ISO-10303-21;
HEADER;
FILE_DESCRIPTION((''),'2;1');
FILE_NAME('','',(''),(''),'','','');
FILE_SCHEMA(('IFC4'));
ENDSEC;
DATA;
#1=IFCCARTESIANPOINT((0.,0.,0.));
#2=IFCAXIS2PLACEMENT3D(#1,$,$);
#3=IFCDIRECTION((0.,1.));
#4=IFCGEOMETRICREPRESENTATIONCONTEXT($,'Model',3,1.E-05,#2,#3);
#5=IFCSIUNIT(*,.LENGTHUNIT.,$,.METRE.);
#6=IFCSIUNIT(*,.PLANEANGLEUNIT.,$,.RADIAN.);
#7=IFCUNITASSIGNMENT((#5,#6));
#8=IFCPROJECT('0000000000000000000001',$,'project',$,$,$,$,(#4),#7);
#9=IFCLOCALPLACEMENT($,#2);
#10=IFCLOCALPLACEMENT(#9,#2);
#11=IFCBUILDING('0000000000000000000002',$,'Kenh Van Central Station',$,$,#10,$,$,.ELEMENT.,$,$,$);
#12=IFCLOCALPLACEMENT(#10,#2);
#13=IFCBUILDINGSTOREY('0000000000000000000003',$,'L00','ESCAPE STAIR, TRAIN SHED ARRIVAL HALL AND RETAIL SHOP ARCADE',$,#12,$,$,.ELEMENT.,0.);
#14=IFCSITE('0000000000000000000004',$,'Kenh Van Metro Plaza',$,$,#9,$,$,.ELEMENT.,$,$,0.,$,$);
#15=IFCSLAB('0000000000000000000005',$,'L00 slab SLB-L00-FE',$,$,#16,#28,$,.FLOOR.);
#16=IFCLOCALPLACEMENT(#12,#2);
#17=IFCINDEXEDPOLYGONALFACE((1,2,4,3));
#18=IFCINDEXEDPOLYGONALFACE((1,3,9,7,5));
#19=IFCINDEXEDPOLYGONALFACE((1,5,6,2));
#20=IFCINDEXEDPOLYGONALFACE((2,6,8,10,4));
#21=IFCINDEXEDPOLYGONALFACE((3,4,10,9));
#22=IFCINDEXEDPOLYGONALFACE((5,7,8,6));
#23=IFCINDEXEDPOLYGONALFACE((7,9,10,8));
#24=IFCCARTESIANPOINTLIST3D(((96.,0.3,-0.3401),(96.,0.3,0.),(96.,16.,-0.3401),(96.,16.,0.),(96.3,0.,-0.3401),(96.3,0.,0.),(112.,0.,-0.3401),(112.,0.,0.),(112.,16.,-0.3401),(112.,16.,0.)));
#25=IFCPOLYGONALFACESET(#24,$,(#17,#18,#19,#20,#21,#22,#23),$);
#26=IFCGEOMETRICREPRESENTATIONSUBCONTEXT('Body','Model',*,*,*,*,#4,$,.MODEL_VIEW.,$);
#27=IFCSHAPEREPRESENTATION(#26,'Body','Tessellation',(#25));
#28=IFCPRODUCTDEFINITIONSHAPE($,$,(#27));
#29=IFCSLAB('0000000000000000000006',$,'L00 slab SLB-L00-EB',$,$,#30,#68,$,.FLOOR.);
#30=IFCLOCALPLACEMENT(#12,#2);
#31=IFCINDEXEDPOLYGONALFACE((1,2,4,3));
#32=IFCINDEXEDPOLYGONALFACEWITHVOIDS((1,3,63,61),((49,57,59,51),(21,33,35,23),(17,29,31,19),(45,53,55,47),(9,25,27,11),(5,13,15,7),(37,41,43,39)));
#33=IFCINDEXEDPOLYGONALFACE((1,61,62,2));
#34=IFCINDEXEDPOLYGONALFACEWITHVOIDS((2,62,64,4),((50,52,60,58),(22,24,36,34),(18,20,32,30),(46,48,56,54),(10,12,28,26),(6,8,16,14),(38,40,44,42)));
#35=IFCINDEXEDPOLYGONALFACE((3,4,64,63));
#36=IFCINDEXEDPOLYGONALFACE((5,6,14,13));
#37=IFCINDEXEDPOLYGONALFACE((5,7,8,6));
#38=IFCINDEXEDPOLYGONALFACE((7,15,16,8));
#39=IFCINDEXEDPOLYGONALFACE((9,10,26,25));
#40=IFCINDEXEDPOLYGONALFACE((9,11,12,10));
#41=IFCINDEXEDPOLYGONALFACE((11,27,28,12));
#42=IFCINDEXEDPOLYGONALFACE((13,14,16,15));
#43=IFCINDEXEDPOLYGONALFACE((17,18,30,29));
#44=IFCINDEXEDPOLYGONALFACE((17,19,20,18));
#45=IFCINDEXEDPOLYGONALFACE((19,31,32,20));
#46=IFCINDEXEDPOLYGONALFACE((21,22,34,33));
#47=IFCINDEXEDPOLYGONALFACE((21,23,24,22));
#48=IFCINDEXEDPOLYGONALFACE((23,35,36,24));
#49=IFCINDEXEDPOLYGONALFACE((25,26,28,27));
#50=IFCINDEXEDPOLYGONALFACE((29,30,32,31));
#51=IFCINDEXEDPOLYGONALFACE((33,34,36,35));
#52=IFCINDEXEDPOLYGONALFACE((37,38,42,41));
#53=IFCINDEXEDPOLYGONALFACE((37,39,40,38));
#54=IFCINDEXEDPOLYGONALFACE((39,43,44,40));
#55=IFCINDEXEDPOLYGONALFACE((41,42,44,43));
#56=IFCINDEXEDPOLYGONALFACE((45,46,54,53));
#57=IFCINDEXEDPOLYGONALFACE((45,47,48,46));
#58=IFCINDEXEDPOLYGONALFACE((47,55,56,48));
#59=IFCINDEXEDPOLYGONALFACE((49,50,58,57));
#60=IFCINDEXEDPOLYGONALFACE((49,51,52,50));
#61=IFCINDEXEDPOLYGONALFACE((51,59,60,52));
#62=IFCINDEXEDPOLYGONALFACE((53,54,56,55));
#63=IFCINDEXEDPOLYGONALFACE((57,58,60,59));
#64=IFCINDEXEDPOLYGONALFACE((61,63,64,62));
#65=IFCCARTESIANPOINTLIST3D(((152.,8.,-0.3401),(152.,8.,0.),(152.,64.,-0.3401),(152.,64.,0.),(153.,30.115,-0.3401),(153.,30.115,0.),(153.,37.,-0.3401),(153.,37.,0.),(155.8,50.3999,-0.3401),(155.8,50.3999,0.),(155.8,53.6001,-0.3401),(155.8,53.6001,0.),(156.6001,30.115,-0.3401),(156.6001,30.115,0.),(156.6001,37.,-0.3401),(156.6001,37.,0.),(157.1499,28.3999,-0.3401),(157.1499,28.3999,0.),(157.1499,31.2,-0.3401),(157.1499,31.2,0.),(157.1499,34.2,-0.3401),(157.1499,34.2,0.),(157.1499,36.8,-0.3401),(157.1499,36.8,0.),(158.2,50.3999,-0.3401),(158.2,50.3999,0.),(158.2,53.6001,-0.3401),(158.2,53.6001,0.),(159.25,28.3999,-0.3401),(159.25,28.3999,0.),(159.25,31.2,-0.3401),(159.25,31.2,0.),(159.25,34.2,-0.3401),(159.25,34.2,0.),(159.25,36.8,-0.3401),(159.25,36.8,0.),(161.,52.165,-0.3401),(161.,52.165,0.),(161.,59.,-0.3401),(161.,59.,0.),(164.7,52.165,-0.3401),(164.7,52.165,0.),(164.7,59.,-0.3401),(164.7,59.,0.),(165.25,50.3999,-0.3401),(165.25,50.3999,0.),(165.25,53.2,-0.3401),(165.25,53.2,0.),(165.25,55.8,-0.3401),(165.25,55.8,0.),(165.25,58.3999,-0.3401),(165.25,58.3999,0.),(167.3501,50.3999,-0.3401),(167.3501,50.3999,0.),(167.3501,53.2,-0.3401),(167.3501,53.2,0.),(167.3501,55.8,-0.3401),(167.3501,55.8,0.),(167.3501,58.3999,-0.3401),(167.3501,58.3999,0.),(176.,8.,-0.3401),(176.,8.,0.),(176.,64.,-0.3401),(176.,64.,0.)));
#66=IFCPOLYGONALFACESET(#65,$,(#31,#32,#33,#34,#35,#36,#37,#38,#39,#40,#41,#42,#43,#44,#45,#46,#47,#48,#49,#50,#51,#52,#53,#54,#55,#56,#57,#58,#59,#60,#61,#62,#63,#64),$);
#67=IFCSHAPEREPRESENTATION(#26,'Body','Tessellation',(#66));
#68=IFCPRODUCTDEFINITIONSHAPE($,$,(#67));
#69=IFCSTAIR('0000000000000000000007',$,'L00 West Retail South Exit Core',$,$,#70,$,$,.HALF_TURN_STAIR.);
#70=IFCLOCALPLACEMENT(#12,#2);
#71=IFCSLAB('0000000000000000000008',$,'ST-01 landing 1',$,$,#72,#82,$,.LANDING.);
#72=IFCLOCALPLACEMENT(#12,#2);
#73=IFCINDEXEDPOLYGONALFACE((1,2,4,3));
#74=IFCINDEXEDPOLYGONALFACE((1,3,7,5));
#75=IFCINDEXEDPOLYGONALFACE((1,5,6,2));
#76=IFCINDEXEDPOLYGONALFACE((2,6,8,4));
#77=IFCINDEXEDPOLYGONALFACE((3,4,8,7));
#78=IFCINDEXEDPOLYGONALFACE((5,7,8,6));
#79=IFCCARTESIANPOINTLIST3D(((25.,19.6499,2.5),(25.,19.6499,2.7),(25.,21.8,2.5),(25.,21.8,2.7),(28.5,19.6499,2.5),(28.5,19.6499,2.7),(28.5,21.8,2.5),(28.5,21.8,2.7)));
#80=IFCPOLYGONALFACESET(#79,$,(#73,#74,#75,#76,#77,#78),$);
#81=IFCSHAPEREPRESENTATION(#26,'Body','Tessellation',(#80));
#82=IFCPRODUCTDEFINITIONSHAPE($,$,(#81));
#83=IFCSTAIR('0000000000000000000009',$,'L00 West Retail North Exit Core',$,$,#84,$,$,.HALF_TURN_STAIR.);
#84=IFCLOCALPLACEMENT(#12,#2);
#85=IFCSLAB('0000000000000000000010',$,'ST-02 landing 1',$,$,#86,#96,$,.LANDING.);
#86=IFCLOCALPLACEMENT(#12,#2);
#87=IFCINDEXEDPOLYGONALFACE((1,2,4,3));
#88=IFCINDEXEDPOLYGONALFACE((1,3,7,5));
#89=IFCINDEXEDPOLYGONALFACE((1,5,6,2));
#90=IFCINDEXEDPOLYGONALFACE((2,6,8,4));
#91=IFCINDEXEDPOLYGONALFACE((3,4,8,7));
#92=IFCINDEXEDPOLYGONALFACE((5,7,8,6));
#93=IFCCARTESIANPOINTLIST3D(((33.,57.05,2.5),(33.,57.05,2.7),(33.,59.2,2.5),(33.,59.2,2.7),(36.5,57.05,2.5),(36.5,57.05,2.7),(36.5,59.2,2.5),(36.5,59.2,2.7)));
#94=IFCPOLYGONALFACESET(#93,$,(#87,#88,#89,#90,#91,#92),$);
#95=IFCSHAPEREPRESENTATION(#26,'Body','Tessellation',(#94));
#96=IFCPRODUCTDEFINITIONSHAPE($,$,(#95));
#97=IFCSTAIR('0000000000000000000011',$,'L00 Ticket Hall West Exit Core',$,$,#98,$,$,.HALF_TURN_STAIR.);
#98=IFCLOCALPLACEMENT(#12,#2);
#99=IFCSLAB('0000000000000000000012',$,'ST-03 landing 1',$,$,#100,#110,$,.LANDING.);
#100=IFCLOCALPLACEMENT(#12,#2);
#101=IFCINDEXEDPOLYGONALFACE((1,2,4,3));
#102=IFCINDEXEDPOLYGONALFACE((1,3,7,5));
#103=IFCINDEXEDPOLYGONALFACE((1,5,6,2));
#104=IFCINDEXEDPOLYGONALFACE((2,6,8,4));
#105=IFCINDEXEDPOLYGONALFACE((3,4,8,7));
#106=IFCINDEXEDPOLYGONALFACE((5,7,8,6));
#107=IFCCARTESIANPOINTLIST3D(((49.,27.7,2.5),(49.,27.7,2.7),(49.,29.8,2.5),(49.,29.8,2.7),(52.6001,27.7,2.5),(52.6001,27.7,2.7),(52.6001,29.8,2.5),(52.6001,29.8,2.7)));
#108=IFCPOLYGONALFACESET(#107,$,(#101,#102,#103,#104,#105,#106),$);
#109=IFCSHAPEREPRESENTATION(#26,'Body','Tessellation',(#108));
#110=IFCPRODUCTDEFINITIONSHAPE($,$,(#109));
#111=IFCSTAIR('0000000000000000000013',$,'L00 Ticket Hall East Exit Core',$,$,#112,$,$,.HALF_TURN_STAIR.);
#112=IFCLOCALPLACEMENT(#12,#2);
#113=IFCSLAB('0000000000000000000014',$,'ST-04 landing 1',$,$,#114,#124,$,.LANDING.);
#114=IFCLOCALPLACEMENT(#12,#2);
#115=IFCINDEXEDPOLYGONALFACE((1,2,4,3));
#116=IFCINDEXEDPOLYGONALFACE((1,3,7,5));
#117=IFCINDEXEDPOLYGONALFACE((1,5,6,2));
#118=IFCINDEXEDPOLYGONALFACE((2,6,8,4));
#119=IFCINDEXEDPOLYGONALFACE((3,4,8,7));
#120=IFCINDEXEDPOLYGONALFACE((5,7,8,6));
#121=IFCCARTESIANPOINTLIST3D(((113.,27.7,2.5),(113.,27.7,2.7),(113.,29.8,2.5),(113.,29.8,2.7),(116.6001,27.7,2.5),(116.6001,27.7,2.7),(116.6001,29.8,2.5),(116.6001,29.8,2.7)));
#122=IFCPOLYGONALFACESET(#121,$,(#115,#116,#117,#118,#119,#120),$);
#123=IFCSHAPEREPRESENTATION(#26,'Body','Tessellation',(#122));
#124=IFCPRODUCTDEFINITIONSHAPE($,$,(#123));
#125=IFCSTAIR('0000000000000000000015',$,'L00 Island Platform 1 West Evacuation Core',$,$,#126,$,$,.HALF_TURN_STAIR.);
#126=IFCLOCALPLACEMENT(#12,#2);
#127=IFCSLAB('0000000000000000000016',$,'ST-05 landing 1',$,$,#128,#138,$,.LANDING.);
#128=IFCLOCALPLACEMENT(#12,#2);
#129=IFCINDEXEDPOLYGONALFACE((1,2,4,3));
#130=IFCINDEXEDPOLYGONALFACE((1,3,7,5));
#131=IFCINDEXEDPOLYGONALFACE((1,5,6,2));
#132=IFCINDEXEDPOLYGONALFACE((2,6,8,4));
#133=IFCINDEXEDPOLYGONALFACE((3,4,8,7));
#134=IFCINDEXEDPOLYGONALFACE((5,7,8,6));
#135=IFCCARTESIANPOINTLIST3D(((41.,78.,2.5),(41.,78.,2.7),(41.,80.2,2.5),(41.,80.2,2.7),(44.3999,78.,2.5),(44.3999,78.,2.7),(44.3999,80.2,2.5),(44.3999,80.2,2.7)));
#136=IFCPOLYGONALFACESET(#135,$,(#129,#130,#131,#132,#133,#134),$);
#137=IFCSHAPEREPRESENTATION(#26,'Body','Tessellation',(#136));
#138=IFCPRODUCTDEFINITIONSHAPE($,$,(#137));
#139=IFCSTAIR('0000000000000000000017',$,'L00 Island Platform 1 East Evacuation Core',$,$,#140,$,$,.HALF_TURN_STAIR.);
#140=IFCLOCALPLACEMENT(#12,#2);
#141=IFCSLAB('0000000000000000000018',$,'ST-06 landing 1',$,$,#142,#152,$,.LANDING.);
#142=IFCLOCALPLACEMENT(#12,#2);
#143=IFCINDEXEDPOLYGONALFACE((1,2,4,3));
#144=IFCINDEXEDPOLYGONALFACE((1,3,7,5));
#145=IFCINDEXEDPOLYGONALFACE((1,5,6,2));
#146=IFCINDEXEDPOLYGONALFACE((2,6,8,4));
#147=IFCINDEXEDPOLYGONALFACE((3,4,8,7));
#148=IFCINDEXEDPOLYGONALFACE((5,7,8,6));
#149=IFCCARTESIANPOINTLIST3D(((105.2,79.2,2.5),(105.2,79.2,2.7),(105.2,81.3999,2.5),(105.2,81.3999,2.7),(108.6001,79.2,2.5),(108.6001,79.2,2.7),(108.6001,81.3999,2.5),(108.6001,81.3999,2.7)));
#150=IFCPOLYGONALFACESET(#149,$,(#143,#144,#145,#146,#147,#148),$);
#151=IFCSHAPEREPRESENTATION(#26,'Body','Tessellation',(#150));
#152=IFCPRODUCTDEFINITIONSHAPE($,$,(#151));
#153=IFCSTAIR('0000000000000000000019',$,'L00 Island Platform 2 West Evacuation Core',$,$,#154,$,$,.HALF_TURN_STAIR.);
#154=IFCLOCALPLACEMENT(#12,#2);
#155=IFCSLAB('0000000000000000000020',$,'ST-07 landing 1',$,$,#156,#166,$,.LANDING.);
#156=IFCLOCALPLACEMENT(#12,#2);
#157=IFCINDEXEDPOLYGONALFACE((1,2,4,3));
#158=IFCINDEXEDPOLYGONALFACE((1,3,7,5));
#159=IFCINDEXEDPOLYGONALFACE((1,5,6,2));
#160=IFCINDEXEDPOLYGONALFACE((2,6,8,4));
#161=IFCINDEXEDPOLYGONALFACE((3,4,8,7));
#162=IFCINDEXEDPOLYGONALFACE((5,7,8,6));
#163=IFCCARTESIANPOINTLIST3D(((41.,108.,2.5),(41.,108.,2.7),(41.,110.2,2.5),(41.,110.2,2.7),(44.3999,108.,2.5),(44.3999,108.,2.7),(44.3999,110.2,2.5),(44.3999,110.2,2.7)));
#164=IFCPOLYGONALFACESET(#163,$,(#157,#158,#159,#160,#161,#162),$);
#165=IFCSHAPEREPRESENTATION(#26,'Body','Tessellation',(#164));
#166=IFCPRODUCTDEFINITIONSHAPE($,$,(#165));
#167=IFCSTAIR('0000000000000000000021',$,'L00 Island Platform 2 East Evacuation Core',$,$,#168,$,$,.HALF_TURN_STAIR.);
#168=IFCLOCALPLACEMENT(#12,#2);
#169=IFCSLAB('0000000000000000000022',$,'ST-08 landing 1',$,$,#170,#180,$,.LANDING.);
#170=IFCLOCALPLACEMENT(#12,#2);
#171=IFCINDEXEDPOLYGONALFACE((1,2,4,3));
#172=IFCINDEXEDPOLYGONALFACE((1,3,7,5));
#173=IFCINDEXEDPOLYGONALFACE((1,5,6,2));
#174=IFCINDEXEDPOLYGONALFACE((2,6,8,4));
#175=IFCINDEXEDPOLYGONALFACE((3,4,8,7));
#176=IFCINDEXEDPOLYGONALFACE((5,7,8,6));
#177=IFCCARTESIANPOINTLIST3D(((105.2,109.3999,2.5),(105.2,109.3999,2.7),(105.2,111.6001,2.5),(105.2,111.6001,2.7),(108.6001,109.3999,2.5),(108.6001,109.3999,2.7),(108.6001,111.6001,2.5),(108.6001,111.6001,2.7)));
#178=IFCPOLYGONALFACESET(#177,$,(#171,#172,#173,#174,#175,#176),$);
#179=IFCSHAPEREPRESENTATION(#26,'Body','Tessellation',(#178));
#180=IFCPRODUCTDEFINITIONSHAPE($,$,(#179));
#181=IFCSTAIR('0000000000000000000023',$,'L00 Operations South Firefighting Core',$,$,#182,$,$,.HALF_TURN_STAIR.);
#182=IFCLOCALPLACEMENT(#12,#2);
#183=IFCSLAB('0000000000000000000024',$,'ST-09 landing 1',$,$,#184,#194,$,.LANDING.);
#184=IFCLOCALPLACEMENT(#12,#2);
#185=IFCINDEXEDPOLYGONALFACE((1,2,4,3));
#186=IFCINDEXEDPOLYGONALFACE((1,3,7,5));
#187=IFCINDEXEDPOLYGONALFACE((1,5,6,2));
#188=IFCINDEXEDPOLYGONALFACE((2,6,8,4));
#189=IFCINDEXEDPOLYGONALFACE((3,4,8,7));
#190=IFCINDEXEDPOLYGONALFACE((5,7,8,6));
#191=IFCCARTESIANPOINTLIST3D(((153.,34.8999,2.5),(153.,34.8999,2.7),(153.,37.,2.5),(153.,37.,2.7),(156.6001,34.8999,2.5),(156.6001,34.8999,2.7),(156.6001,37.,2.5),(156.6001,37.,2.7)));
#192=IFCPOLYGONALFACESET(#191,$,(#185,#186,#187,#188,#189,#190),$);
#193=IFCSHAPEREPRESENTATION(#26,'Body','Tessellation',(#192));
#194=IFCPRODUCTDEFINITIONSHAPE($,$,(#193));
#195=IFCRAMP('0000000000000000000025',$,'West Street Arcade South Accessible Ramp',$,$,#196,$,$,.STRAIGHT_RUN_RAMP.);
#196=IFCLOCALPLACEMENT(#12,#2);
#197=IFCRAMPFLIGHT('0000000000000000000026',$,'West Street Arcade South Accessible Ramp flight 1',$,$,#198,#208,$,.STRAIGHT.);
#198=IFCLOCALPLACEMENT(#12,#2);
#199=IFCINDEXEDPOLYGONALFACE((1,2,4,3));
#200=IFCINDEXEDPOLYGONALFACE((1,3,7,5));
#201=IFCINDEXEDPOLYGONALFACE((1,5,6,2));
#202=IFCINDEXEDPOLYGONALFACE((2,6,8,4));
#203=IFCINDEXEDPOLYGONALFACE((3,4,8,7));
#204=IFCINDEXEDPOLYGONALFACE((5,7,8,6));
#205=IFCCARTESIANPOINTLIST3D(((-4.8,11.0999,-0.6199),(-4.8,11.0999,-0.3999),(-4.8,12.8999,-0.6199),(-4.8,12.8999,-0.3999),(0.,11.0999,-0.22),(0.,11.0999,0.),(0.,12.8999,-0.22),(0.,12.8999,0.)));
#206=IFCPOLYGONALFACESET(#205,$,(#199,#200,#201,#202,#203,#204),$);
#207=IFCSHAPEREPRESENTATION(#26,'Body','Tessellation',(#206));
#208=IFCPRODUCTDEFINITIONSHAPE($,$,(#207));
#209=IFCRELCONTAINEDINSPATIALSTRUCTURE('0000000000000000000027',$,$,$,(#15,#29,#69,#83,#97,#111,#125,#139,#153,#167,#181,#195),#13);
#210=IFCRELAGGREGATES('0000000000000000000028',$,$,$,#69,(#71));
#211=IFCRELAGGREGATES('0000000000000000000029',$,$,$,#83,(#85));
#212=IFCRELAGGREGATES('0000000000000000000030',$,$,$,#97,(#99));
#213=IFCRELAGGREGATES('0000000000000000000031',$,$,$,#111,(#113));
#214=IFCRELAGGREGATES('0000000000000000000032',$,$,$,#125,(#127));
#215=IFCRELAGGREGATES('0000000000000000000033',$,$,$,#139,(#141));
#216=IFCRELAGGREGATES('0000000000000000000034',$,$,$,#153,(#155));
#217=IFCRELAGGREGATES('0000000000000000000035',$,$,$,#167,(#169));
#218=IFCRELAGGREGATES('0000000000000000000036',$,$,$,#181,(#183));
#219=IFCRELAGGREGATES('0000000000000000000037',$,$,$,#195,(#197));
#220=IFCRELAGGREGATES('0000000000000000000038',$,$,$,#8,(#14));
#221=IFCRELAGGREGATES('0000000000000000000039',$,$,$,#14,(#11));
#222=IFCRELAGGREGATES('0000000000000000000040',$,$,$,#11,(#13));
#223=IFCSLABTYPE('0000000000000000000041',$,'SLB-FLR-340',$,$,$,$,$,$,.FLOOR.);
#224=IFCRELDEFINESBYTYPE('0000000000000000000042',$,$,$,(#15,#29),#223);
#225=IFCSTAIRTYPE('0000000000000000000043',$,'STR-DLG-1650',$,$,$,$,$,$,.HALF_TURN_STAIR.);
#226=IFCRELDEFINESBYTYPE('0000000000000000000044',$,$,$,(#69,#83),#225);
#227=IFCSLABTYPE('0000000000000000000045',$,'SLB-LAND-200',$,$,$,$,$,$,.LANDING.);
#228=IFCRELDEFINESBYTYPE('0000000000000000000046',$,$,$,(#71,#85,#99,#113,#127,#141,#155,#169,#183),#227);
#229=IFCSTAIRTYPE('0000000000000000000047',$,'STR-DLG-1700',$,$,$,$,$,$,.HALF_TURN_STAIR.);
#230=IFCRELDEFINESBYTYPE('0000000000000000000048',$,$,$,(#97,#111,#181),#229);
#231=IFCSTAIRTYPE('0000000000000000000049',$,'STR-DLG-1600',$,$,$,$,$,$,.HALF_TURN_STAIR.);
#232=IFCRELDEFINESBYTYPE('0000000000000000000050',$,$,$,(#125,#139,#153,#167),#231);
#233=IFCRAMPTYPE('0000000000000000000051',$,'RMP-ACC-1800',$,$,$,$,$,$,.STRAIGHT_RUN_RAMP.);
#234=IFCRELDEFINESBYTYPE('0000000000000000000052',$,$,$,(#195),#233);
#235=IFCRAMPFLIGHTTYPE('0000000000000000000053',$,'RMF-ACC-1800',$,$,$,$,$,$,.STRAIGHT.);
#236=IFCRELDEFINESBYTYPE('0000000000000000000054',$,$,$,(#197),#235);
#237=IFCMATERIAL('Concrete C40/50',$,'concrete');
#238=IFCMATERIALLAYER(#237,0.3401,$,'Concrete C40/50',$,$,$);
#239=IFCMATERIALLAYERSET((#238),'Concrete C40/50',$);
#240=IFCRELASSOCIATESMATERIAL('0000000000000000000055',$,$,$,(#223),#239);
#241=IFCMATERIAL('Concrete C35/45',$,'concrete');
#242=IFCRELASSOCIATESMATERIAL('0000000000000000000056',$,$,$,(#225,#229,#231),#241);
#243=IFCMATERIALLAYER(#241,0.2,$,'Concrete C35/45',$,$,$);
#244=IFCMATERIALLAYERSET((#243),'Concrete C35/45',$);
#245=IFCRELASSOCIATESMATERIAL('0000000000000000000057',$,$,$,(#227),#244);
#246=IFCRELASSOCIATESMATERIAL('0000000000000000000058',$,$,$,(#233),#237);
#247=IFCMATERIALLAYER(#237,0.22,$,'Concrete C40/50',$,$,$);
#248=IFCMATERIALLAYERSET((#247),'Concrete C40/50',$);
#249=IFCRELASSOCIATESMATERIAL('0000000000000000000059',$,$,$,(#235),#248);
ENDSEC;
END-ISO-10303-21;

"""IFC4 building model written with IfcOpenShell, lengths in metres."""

from ifc_helpers import new_model, si_unit, direction, frame, origin, place, context, subcontext, project, spatial, polyline, outline, extrude, material, layer, layer_set, type_object, element, aggregate, save


model = new_model("IFC4")

# Units and contexts
model_context = context("Model", 3, precision=1e-05, world=origin(), true_north=direction((0.0, 1.0)))
body_context = subcontext(model_context, "Body", "Model", "MODEL_VIEW")
ifc_project = project(units=[si_unit("LENGTHUNIT", "METRE"), si_unit("PLANEANGLEUNIT", "RADIAN")], contexts=[model_context])

# Site, building, storey
site_placement = place(None, origin())
site = spatial("IfcSite", under=ifc_project, at=site_placement, Name="Kenh Van Metro Plaza", CompositionType="ELEMENT", RefElevation=0.0)
building_placement = place(site_placement, origin())
building = spatial("IfcBuilding", under=site, at=building_placement, Name="Kenh Van Central Station", CompositionType="ELEMENT")
storey_placement = place(building_placement, origin())
storey = spatial("IfcBuildingStorey", under=building, at=storey_placement, Name="L00", Description="ESCAPE STAIR, TRAIN SHED ARRIVAL HALL AND RETAIL SHOP ARCADE", CompositionType="ELEMENT", Elevation=0.0)

# Slabs
ifc_material_1 = material(Name="Concrete C35/45", Category="concrete")
ifc_material_2 = material(Name="Concrete C40/50", Category="concrete")
ifc_layer_1 = layer(ifc_material_2, 0.3401, Name="Concrete C40/50")
ifc_layer_set_1 = layer_set([ifc_layer_1], Name="Concrete C40/50")
slab_type_1 = type_object("IfcSlabType", Name="SLB-FLR-340", PredefinedType="FLOOR", material=ifc_layer_set_1)
slab_1_placement = place(storey_placement, frame((0.0, 0.0, -0.3401)))
element("IfcSlab", 1, at=slab_1_placement, inside=storey, type_object=slab_type_1, Name="L00 slab SLB-L00-FE", PredefinedType="FLOOR", context=body_context, shape_type="SweptSolid", body=[
    extrude(outline(polyline([(96.3, 0.0), (112.0, 0.0), (112.0, 16.0), (96.0, 16.0), (96.0, 0.3), (96.3, 0.0)])), origin(), (0.0, 0.0, 1.0), 0.3401),
])
slab_2_placement = place(storey_placement, frame((0.0, 0.0, -0.3401)))
element("IfcSlab", 2, at=slab_2_placement, inside=storey, type_object=slab_type_1, Name="L00 slab SLB-L00-EB", PredefinedType="FLOOR", context=body_context, shape_type="SweptSolid", body=[
    extrude(outline(polyline([(152.0, 8.0), (176.0, 8.0), (176.0, 64.0), (152.0, 64.0), (152.0, 8.0)]), holes=[polyline([(167.3501, 50.3999), (165.25, 50.3999), (165.25, 53.2), (167.3501, 53.2), (167.3501, 50.3999)]), polyline([(167.3501, 55.8), (165.25, 55.8), (165.25, 58.3999), (167.3501, 58.3999), (167.3501, 55.8)]), polyline([(164.7, 52.165), (161.0, 52.165), (161.0, 59.0), (164.7, 59.0), (164.7, 52.165)]), polyline([(159.25, 28.3999), (157.1499, 28.3999), (157.1499, 31.2), (159.25, 31.2), (159.25, 28.3999)]), polyline([(159.25, 34.2), (157.1499, 34.2), (157.1499, 36.8), (159.25, 36.8), (159.25, 34.2)]), polyline([(158.2, 50.3999), (155.8, 50.3999), (155.8, 53.6001), (158.2, 53.6001), (158.2, 50.3999)]), polyline([(156.6001, 30.115), (153.0, 30.115), (153.0, 37.0), (156.6001, 37.0), (156.6001, 30.115)])]), origin(), (0.0, 0.0, 1.0), 0.3401),
])

# Stairs, slabs
stair_type_1 = type_object("IfcStairType", Name="STR-DLG-1650", PredefinedType="HALF_TURN_STAIR", material=ifc_material_1)
stair_1_placement = place(storey_placement, origin())
stair_1 = element("IfcStair", 3, at=stair_1_placement, inside=storey, type_object=stair_type_1, Name="L00 West Retail South Exit Core", PredefinedType="HALF_TURN_STAIR")
ifc_layer_2 = layer(ifc_material_1, 0.2, Name="Concrete C35/45")
ifc_layer_set_2 = layer_set([ifc_layer_2], Name="Concrete C35/45")
slab_type_2 = type_object("IfcSlabType", Name="SLB-LAND-200", PredefinedType="LANDING", material=ifc_layer_set_2)
slab_3_placement = place(storey_placement, frame((0.0, 0.0, 2.5)))
slab_3 = element("IfcSlab", 4, at=slab_3_placement, type_object=slab_type_2, Name="ST-01 landing 1", PredefinedType="LANDING", context=body_context, shape_type="SweptSolid", body=[
    extrude(outline(polyline([(28.5, 19.6499), (28.5, 21.8), (25.0, 21.8), (25.0, 19.6499), (28.5, 19.6499)])), origin(), (0.0, 0.0, 1.0), 0.2),
])
aggregate(stair_1, [slab_3])
stair_2_placement = place(storey_placement, origin())
stair_2 = element("IfcStair", 5, at=stair_2_placement, inside=storey, type_object=stair_type_1, Name="L00 West Retail North Exit Core", PredefinedType="HALF_TURN_STAIR")
slab_4_placement = place(storey_placement, frame((0.0, 0.0, 2.5)))
slab_4 = element("IfcSlab", 6, at=slab_4_placement, type_object=slab_type_2, Name="ST-02 landing 1", PredefinedType="LANDING", context=body_context, shape_type="SweptSolid", body=[
    extrude(outline(polyline([(36.5, 57.05), (36.5, 59.2), (33.0, 59.2), (33.0, 57.05), (36.5, 57.05)])), origin(), (0.0, 0.0, 1.0), 0.2),
])
aggregate(stair_2, [slab_4])
stair_type_2 = type_object("IfcStairType", Name="STR-DLG-1700", PredefinedType="HALF_TURN_STAIR", material=ifc_material_1)
stair_3_placement = place(storey_placement, origin())
stair_3 = element("IfcStair", 7, at=stair_3_placement, inside=storey, type_object=stair_type_2, Name="L00 Ticket Hall West Exit Core", PredefinedType="HALF_TURN_STAIR")
slab_5_placement = place(storey_placement, frame((0.0, 0.0, 2.5)))
slab_5 = element("IfcSlab", 8, at=slab_5_placement, type_object=slab_type_2, Name="ST-03 landing 1", PredefinedType="LANDING", context=body_context, shape_type="SweptSolid", body=[
    extrude(outline(polyline([(52.6001, 27.7), (52.6001, 29.8), (49.0, 29.8), (49.0, 27.7), (52.6001, 27.7)])), origin(), (0.0, 0.0, 1.0), 0.2),
])
aggregate(stair_3, [slab_5])
stair_4_placement = place(storey_placement, origin())
stair_4 = element("IfcStair", 9, at=stair_4_placement, inside=storey, type_object=stair_type_2, Name="L00 Ticket Hall East Exit Core", PredefinedType="HALF_TURN_STAIR")
slab_6_placement = place(storey_placement, frame((0.0, 0.0, 2.5)))
slab_6 = element("IfcSlab", 10, at=slab_6_placement, type_object=slab_type_2, Name="ST-04 landing 1", PredefinedType="LANDING", context=body_context, shape_type="SweptSolid", body=[
    extrude(outline(polyline([(116.6001, 27.7), (116.6001, 29.8), (113.0, 29.8), (113.0, 27.7), (116.6001, 27.7)])), origin(), (0.0, 0.0, 1.0), 0.2),
])
aggregate(stair_4, [slab_6])
stair_type_3 = type_object("IfcStairType", Name="STR-DLG-1600", PredefinedType="HALF_TURN_STAIR", material=ifc_material_1)
stair_5_placement = place(storey_placement, origin())
stair_5 = element("IfcStair", 11, at=stair_5_placement, inside=storey, type_object=stair_type_3, Name="L00 Island Platform 1 West Evacuation Core", PredefinedType="HALF_TURN_STAIR")
slab_7_placement = place(storey_placement, frame((0.0, 0.0, 2.5)))
slab_7 = element("IfcSlab", 12, at=slab_7_placement, type_object=slab_type_2, Name="ST-05 landing 1", PredefinedType="LANDING", context=body_context, shape_type="SweptSolid", body=[
    extrude(outline(polyline([(44.3999, 78.0), (44.3999, 80.2), (41.0, 80.2), (41.0, 78.0), (44.3999, 78.0)])), origin(), (0.0, 0.0, 1.0), 0.2),
])
aggregate(stair_5, [slab_7])
stair_6_placement = place(storey_placement, origin())
stair_6 = element("IfcStair", 13, at=stair_6_placement, inside=storey, type_object=stair_type_3, Name="L00 Island Platform 1 East Evacuation Core", PredefinedType="HALF_TURN_STAIR")
slab_8_placement = place(storey_placement, frame((0.0, 0.0, 2.5)))
slab_8 = element("IfcSlab", 14, at=slab_8_placement, type_object=slab_type_2, Name="ST-06 landing 1", PredefinedType="LANDING", context=body_context, shape_type="SweptSolid", body=[
    extrude(outline(polyline([(108.6001, 79.2), (108.6001, 81.3999), (105.2, 81.3999), (105.2, 79.2), (108.6001, 79.2)])), origin(), (0.0, 0.0, 1.0), 0.2),
])
aggregate(stair_6, [slab_8])
stair_7_placement = place(storey_placement, origin())
stair_7 = element("IfcStair", 15, at=stair_7_placement, inside=storey, type_object=stair_type_3, Name="L00 Island Platform 2 West Evacuation Core", PredefinedType="HALF_TURN_STAIR")
slab_9_placement = place(storey_placement, frame((0.0, 0.0, 2.5)))
slab_9 = element("IfcSlab", 16, at=slab_9_placement, type_object=slab_type_2, Name="ST-07 landing 1", PredefinedType="LANDING", context=body_context, shape_type="SweptSolid", body=[
    extrude(outline(polyline([(44.3999, 108.0), (44.3999, 110.2), (41.0, 110.2), (41.0, 108.0), (44.3999, 108.0)])), origin(), (0.0, 0.0, 1.0), 0.2),
])
aggregate(stair_7, [slab_9])
stair_8_placement = place(storey_placement, origin())
stair_8 = element("IfcStair", 17, at=stair_8_placement, inside=storey, type_object=stair_type_3, Name="L00 Island Platform 2 East Evacuation Core", PredefinedType="HALF_TURN_STAIR")
slab_10_placement = place(storey_placement, frame((0.0, 0.0, 2.5)))
slab_10 = element("IfcSlab", 18, at=slab_10_placement, type_object=slab_type_2, Name="ST-08 landing 1", PredefinedType="LANDING", context=body_context, shape_type="SweptSolid", body=[
    extrude(outline(polyline([(108.6001, 109.3999), (108.6001, 111.6001), (105.2, 111.6001), (105.2, 109.3999), (108.6001, 109.3999)])), origin(), (0.0, 0.0, 1.0), 0.2),
])
aggregate(stair_8, [slab_10])
stair_9_placement = place(storey_placement, origin())
stair_9 = element("IfcStair", 19, at=stair_9_placement, inside=storey, type_object=stair_type_2, Name="L00 Operations South Firefighting Core", PredefinedType="HALF_TURN_STAIR")
slab_11_placement = place(storey_placement, frame((0.0, 0.0, 2.5)))
slab_11 = element("IfcSlab", 20, at=slab_11_placement, type_object=slab_type_2, Name="ST-09 landing 1", PredefinedType="LANDING", context=body_context, shape_type="SweptSolid", body=[
    extrude(outline(polyline([(156.6001, 34.8999), (156.6001, 37.0), (153.0, 37.0), (153.0, 34.8999), (156.6001, 34.8999)])), origin(), (0.0, 0.0, 1.0), 0.2),
])
aggregate(stair_9, [slab_11])

# Ramp, ramp flight
ramp_type = type_object("IfcRampType", Name="RMP-ACC-1800", PredefinedType="STRAIGHT_RUN_RAMP", material=ifc_material_2)
ramp_placement = place(storey_placement, origin())
ramp = element("IfcRamp", 21, at=ramp_placement, inside=storey, type_object=ramp_type, Name="West Street Arcade South Accessible Ramp", PredefinedType="STRAIGHT_RUN_RAMP")
ifc_layer_3 = layer(ifc_material_2, 0.22, Name="Concrete C40/50")
ifc_layer_set_3 = layer_set([ifc_layer_3], Name="Concrete C40/50")
ramp_flight_type = type_object("IfcRampFlightType", Name="RMF-ACC-1800", PredefinedType="STRAIGHT", material=ifc_layer_set_3)
ramp_flight_placement = place(storey_placement, frame((-4.8, 12.0, -0.3999), z_axis=(0.0, 0.0, 1.0), x_axis=(1.0, 0.0, 0.0)))
ramp_flight = element("IfcRampFlight", 22, at=ramp_flight_placement, type_object=ramp_flight_type, Name="West Street Arcade South Accessible Ramp flight 1", PredefinedType="STRAIGHT", context=body_context, shape_type="SweptSolid", body=[
    extrude(outline(polyline([(0.0, 0.0), (0.0, -0.22), (4.8, 0.1799), (4.8, 0.3999), (0.0, 0.0)])), frame((0.0, 0.8999, 0.0), z_axis=(0.0, -1.0, 0.0), x_axis=(1.0, 0.0, 0.0)), (0.0, 0.0, 1.0), 1.8),
])
aggregate(ramp, [ramp_flight])

save(model, "model.ifc")
